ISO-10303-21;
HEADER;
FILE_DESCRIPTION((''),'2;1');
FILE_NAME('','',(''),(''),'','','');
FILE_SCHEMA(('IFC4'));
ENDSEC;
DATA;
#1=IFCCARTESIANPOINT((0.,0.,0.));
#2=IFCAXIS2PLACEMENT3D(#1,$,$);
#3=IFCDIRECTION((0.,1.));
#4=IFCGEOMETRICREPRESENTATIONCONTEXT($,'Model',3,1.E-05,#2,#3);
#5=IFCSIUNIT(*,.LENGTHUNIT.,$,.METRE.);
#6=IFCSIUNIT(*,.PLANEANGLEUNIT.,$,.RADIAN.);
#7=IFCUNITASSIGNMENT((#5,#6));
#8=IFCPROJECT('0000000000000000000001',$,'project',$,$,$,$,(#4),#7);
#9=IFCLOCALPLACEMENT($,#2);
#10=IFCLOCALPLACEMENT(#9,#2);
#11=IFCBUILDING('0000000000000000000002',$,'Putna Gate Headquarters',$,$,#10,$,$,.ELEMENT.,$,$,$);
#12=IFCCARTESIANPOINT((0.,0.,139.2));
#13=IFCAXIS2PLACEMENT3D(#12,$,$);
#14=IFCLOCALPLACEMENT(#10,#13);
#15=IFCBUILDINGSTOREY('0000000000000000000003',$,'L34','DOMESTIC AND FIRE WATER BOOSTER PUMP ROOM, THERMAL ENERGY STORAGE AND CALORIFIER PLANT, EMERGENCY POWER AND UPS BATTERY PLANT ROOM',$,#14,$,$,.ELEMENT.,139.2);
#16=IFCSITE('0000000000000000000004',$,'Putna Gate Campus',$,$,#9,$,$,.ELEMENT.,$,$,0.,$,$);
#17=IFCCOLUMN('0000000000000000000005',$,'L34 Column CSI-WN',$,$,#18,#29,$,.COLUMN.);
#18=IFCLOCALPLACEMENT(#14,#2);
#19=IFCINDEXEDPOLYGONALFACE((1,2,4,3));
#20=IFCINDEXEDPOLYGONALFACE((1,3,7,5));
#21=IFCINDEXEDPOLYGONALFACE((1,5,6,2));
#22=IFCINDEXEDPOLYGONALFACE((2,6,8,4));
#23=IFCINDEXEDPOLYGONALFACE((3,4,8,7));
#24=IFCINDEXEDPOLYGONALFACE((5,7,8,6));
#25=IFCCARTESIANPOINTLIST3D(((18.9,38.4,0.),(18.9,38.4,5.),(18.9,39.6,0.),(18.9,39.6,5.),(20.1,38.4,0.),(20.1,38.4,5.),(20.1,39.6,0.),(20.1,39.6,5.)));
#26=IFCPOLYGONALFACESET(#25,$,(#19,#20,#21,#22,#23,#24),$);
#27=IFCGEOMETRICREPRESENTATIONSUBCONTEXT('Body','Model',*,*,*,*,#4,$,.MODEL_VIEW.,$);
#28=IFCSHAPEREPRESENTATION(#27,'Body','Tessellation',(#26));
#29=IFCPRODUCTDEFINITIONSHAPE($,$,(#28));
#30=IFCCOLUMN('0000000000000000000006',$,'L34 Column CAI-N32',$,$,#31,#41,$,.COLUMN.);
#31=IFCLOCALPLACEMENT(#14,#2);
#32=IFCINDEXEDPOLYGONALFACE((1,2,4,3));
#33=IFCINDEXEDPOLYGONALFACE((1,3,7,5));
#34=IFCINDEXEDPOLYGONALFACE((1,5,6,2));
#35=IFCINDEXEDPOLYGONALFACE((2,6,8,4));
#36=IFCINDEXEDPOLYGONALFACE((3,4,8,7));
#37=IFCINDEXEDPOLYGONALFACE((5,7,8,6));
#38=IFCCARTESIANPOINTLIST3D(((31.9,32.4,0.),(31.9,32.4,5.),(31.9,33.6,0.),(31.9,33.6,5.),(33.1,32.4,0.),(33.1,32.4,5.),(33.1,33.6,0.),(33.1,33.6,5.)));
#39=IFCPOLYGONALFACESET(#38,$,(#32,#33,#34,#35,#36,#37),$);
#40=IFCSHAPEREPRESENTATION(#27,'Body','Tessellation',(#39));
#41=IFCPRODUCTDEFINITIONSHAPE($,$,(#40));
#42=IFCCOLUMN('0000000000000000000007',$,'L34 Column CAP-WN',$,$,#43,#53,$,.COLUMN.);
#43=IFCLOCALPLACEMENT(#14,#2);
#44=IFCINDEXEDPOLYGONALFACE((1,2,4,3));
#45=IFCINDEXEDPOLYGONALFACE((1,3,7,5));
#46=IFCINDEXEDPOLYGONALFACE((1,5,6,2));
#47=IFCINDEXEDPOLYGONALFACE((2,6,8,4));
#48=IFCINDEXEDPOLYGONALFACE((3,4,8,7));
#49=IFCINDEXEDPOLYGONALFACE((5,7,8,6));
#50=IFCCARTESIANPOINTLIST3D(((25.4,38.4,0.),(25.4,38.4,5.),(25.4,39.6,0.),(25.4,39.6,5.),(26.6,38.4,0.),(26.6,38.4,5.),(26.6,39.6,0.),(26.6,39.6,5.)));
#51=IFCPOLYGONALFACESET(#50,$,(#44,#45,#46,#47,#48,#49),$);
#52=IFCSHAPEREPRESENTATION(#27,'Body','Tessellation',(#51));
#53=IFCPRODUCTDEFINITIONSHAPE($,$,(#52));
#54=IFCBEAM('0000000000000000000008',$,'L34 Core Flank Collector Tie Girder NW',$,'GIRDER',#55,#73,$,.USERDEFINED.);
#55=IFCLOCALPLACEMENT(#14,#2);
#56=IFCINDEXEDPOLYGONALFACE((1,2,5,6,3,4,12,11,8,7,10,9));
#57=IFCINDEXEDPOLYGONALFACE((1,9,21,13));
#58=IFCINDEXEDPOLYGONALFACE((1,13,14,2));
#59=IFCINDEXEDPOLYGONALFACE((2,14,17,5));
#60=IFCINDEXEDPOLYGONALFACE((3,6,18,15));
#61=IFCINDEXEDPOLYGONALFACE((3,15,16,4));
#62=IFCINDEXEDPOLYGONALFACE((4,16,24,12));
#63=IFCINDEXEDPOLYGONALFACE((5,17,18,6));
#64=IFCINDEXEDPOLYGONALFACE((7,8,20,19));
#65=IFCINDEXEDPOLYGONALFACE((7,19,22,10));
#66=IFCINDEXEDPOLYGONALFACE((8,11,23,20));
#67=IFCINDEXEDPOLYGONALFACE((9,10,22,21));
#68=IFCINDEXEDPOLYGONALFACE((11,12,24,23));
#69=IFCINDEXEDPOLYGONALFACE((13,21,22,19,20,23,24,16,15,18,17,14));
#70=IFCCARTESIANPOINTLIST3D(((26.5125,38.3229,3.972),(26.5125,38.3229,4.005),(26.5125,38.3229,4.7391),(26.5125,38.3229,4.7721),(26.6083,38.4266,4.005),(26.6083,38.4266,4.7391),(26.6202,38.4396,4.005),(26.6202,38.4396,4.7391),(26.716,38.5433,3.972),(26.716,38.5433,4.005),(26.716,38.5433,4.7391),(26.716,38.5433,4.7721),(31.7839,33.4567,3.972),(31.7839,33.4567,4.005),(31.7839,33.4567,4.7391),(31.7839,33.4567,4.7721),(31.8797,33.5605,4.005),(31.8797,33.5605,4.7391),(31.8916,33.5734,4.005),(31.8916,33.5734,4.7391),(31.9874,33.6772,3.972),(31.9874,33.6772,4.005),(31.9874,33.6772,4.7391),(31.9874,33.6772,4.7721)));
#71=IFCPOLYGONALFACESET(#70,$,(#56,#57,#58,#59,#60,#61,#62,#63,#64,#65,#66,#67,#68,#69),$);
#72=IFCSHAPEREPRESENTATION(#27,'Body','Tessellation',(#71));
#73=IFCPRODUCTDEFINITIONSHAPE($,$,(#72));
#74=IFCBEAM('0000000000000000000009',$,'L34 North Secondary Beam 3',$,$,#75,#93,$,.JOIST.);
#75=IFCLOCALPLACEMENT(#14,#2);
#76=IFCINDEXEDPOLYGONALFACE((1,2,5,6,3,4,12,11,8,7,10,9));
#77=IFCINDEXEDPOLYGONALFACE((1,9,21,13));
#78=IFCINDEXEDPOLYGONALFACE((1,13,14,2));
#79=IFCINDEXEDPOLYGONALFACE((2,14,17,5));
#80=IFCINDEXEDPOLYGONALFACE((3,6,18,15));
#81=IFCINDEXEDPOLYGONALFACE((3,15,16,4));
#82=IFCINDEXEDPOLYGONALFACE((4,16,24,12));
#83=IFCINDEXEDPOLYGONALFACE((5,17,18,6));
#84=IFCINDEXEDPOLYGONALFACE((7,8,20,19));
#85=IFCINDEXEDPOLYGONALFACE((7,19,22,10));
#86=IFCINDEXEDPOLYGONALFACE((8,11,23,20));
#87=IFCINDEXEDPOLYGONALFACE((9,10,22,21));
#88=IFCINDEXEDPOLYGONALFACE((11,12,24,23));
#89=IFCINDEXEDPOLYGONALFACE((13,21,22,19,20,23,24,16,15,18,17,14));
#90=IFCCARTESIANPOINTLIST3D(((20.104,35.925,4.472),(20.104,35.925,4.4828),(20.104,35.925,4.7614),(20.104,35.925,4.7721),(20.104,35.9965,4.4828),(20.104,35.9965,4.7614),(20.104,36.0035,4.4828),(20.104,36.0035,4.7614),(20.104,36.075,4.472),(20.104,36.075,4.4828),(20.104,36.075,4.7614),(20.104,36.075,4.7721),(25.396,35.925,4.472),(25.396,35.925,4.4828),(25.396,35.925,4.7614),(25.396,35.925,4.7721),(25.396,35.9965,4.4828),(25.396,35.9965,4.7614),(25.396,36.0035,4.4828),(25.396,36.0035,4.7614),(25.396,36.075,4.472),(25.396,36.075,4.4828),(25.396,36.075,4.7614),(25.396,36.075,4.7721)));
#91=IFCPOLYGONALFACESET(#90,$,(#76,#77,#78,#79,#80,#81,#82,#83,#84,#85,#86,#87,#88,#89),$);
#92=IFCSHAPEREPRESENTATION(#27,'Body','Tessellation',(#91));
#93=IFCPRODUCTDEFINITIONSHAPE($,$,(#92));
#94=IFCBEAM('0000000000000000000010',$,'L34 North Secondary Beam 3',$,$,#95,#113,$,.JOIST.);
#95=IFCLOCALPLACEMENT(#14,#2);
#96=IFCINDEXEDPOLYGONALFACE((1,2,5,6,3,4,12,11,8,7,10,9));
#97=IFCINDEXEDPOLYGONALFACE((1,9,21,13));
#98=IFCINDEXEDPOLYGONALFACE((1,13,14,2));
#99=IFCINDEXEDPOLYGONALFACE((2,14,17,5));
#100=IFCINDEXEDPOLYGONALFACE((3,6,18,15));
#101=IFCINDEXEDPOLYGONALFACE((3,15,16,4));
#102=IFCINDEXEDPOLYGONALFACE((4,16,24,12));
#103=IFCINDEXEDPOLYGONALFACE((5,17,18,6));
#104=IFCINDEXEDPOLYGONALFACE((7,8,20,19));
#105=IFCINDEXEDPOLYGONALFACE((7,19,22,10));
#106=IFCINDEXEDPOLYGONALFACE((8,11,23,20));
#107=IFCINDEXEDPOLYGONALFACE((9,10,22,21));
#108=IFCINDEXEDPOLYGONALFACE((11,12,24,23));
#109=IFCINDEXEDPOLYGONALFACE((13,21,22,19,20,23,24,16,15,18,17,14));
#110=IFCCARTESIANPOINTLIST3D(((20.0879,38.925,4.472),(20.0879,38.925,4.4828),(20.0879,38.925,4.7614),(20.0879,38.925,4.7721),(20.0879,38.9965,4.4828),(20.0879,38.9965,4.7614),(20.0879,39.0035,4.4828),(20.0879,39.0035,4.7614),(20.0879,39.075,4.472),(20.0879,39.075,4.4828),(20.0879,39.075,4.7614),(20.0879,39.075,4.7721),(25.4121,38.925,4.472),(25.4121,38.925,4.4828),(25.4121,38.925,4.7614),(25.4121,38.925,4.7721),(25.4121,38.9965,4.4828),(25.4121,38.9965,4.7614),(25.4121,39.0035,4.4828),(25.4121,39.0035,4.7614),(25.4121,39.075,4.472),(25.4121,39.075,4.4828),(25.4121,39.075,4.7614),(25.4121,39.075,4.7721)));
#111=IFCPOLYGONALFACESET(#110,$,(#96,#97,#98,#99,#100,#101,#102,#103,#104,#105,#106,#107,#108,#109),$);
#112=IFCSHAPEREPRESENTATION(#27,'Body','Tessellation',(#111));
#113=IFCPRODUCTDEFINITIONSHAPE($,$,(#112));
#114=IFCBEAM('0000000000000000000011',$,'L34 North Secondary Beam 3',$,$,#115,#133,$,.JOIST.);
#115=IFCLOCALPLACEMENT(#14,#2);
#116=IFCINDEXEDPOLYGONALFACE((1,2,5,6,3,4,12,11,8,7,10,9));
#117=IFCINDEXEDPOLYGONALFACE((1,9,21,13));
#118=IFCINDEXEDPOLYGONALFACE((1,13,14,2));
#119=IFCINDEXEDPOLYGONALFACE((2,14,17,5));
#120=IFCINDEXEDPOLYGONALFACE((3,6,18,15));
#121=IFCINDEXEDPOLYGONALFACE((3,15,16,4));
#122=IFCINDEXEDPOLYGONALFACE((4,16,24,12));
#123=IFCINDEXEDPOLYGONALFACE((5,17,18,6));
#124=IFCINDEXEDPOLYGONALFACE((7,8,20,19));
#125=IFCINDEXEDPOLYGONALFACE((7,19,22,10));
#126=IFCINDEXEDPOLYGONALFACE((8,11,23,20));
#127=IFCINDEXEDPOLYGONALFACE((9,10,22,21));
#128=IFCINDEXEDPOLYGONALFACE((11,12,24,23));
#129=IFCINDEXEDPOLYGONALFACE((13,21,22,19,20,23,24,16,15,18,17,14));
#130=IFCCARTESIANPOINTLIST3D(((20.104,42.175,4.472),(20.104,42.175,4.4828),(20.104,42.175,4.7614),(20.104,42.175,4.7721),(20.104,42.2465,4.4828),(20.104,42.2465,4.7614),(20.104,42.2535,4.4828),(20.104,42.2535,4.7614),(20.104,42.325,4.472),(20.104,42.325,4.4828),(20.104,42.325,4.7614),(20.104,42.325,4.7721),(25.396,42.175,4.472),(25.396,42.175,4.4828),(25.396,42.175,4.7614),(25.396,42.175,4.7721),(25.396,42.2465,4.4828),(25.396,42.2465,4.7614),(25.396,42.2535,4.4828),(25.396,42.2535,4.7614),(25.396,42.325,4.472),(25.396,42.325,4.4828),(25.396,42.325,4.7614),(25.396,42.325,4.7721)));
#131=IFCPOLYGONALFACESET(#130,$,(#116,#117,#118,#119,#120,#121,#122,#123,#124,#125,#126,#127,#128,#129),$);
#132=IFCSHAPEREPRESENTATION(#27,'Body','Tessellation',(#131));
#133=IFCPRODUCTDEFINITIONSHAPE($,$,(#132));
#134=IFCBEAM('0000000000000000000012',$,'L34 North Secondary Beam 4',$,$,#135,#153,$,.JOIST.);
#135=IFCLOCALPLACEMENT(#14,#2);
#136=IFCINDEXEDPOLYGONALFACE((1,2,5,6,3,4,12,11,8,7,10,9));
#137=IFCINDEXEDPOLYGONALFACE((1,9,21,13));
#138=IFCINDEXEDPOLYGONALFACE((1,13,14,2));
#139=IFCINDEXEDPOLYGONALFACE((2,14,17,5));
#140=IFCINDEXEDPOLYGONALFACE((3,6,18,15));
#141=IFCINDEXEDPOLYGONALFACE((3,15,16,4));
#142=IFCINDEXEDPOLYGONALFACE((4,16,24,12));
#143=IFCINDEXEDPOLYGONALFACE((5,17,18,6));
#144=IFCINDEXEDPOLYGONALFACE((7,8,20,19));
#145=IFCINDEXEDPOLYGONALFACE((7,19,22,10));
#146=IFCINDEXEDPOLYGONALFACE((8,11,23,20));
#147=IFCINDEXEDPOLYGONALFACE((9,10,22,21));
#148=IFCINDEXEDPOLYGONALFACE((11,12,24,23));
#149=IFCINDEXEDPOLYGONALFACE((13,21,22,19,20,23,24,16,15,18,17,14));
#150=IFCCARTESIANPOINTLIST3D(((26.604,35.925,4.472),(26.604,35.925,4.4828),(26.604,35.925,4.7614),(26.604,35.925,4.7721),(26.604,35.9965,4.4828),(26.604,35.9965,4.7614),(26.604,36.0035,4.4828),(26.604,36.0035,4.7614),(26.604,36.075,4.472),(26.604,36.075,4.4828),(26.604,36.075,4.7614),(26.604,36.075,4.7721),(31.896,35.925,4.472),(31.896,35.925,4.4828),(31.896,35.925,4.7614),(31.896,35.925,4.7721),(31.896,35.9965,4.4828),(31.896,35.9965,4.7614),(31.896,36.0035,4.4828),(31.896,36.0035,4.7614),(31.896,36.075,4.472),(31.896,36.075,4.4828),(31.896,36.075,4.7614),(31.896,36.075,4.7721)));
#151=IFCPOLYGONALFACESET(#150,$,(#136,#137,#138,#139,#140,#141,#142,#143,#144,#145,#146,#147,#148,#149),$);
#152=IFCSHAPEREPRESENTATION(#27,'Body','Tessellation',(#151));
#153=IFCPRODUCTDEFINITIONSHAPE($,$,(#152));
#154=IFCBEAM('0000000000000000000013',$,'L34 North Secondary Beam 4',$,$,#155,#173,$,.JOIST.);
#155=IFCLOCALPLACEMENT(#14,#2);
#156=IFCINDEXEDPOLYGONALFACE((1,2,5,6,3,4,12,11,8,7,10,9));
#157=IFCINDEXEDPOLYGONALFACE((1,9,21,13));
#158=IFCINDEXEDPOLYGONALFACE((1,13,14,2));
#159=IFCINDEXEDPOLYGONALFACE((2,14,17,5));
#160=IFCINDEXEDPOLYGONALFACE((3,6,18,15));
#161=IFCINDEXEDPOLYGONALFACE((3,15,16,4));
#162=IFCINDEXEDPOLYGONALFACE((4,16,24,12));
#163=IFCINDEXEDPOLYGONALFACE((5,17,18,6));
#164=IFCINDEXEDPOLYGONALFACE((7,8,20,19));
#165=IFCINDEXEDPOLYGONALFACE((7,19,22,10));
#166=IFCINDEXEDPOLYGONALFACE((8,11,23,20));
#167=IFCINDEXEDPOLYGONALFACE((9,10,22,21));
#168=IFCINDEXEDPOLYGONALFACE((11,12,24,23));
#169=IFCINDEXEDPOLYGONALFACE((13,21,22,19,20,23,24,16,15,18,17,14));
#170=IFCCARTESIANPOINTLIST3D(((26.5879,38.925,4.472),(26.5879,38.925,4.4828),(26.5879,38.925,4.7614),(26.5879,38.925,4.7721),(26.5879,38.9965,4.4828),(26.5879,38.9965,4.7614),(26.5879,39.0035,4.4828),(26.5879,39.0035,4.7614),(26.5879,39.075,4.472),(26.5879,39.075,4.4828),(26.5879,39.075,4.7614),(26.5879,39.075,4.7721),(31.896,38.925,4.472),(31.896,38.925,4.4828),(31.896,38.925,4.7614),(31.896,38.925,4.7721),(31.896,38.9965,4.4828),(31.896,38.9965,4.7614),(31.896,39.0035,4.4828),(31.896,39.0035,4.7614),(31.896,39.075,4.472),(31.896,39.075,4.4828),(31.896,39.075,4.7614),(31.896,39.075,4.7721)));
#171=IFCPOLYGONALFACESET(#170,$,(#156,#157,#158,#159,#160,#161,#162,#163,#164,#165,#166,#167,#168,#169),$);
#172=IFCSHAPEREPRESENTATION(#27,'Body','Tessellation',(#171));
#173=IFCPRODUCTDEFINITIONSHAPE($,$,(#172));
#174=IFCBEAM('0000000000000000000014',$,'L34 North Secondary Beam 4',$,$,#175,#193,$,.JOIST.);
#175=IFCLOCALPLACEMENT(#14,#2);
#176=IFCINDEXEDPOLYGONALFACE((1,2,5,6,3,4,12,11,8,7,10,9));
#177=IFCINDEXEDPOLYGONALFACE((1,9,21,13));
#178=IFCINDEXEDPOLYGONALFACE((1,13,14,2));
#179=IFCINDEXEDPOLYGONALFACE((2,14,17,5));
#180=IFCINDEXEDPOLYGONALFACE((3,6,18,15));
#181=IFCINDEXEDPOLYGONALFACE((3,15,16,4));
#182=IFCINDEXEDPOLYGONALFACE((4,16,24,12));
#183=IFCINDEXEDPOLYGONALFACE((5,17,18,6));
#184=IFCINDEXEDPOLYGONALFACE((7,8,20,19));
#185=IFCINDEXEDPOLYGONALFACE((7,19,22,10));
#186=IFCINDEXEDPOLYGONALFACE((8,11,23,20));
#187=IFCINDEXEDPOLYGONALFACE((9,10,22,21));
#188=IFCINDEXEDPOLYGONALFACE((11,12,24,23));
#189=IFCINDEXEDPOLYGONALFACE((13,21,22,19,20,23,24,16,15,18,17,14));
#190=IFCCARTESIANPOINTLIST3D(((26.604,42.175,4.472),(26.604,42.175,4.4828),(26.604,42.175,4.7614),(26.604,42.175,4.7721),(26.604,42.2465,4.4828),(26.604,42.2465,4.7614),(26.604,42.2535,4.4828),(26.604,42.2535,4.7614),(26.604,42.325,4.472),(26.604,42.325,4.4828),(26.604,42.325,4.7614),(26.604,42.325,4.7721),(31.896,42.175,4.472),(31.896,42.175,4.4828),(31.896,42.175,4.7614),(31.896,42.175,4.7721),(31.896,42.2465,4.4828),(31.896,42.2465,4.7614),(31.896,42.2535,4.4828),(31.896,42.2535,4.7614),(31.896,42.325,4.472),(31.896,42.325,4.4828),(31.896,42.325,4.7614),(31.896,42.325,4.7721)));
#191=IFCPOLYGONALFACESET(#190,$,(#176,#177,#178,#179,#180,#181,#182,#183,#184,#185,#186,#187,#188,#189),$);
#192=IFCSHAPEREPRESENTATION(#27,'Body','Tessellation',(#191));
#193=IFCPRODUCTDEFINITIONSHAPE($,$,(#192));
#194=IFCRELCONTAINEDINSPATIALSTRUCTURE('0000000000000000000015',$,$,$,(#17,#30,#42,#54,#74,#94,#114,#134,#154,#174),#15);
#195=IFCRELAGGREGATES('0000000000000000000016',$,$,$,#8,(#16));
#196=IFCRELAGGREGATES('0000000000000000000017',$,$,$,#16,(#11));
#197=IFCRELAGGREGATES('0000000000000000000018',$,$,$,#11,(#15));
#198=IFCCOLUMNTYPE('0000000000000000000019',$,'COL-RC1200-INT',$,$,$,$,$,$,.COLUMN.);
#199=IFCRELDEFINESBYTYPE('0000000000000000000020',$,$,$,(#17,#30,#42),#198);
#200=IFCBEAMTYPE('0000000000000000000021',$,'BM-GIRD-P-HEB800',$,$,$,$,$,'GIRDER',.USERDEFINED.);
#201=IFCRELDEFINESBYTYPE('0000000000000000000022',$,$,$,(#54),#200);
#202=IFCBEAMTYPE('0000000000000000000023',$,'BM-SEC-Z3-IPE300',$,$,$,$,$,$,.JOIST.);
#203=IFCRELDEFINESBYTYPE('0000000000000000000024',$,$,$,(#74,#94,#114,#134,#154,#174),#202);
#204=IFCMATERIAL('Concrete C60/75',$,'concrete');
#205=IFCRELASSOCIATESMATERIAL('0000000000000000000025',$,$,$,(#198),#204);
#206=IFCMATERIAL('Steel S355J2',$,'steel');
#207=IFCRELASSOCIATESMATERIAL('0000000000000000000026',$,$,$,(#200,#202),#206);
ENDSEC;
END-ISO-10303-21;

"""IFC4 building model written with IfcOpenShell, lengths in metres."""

from ifc_helpers import new_model, si_unit, direction, frame, origin, origin_2d, place, context, subcontext, project, spatial, rectangle, i_section, extrude, material, material_profile, profile_set, type_object, element, save


model = new_model("IFC4")

# Units and contexts
model_context = context("Model", 3, precision=1e-05, world=origin(), true_north=direction((0.0, 1.0)))
body_context = subcontext(model_context, "Body", "Model", "MODEL_VIEW")
ifc_project = project(units=[si_unit("LENGTHUNIT", "METRE"), si_unit("PLANEANGLEUNIT", "RADIAN")], contexts=[model_context])

# Site, building, storey
site_placement = place(None, origin())
site = spatial("IfcSite", under=ifc_project, at=site_placement, Name="Putna Gate Campus", CompositionType="ELEMENT", RefElevation=0.0)
building_placement = place(site_placement, origin())
building = spatial("IfcBuilding", under=site, at=building_placement, Name="Putna Gate Headquarters", CompositionType="ELEMENT")
storey_placement = place(building_placement, frame((0.0, 0.0, 139.2)))
storey = spatial("IfcBuildingStorey", under=building, at=storey_placement, Name="L34", Description="DOMESTIC AND FIRE WATER BOOSTER PUMP ROOM, THERMAL ENERGY STORAGE AND CALORIFIER PLANT, EMERGENCY POWER AND UPS BATTERY PLANT ROOM", CompositionType="ELEMENT", Elevation=139.2)

# Columns
ifc_material_1 = material(Name="Concrete C60/75", Category="concrete")
ifc_material_profile_1 = material_profile(ifc_material_1, rectangle(XDim=1.2, YDim=1.2, at=origin_2d()), Name="Concrete C60/75")
ifc_profile_set_1 = profile_set([ifc_material_profile_1], Name="Concrete C60/75")
column_type = type_object("IfcColumnType", Name="COL-RC1200-INT", PredefinedType="COLUMN", material=ifc_profile_set_1)
for number, where, z_axis, x_axis, name in (
    (1, (19.5, 39.0, 0.0), (0.0, 0.0, 1.0), (1.0, 0.0, 0.0), "L34 Column CSI-WN"),
    (2, (32.5, 33.0, 0.0), (0.0, 0.0, 1.0), (1.0, 0.0, 0.0), "L34 Column CAI-N32"),
    (3, (26.0, 39.0, 0.0), (0.0, 0.0, 1.0), (1.0, 0.0, 0.0), "L34 Column CAP-WN"),
):
    element("IfcColumn", number, at=place(storey_placement, frame(where, z_axis=z_axis, x_axis=x_axis)), inside=storey, type_object=column_type, Name=name, PredefinedType="COLUMN", context=body_context, shape_type="SweptSolid", body=[
        extrude(rectangle(XDim=1.2, YDim=1.2, at=origin_2d()), origin(), (0.0, 0.0, 1.0), 5.0),
    ])

# Beams
ifc_material_2 = material(Name="Steel S355J2", Category="steel")
ifc_material_profile_2 = material_profile(ifc_material_2, i_section(OverallWidth=0.3, OverallDepth=0.8, WebThickness=0.0176, FlangeThickness=0.033, at=origin_2d()), Name="Steel S355J2")
ifc_profile_set_2 = profile_set([ifc_material_profile_2], Name="Steel S355J2")
beam_type_1 = type_object("IfcBeamType", Name="BM-GIRD-P-HEB800", ElementType="GIRDER", PredefinedType="USERDEFINED", material=ifc_profile_set_2)
beam_1_placement = place(storey_placement, frame((26.6143, 38.4331, 4.3721), z_axis=(0.734788, -0.678297, 0.0), x_axis=(0.678297, 0.734788, 0.0)))
element("IfcBeam", 4, at=beam_1_placement, inside=storey, type_object=beam_type_1, Name="L34 Core Flank Collector Tie Girder NW", ObjectType="GIRDER", PredefinedType="USERDEFINED", context=body_context, shape_type="SweptSolid", body=[
    extrude(i_section(OverallWidth=0.3, OverallDepth=0.8, WebThickness=0.0176, FlangeThickness=0.033, at=origin_2d()), origin(), (0.0, 0.0, 1.0), 7.1741),
])
ifc_material_profile_3 = material_profile(ifc_material_2, i_section(OverallWidth=0.1499, OverallDepth=0.3, WebThickness=0.0071, FlangeThickness=0.0107, at=origin_2d()), Name="Steel S355J2")
ifc_profile_set_3 = profile_set([ifc_material_profile_3], Name="Steel S355J2")
beam_type_2 = type_object("IfcBeamType", Name="BM-SEC-Z3-IPE300", PredefinedType="JOIST", material=ifc_profile_set_3)
beam_2_placement = place(storey_placement, frame((20.104, 36.0, 4.6221), z_axis=(1.0, 0.0, 0.0), x_axis=(0.0, 1.0, 0.0)))
element("IfcBeam", 5, at=beam_2_placement, inside=storey, type_object=beam_type_2, Name="L34 North Secondary Beam 3", PredefinedType="JOIST", context=body_context, shape_type="SweptSolid", body=[
    extrude(i_section(OverallWidth=0.1499, OverallDepth=0.3, WebThickness=0.0071, FlangeThickness=0.0107, at=origin_2d()), origin(), (0.0, 0.0, 1.0), 5.292),
])
beam_3_placement = place(storey_placement, frame((20.0879, 39.0, 4.6221), z_axis=(1.0, 0.0, 0.0), x_axis=(0.0, 1.0, 0.0)))
element("IfcBeam", 6, at=beam_3_placement, inside=storey, type_object=beam_type_2, Name="L34 North Secondary Beam 3", PredefinedType="JOIST", context=body_context, shape_type="SweptSolid", body=[
    extrude(i_section(OverallWidth=0.1499, OverallDepth=0.3, WebThickness=0.0071, FlangeThickness=0.0107, at=origin_2d()), origin(), (0.0, 0.0, 1.0), 5.3242),
])
for number, where, z_axis, x_axis, name in (
    (7, (20.104, 42.25, 4.6221), (1.0, 0.0, 0.0), (0.0, 1.0, 0.0), "L34 North Secondary Beam 3"),
    (8, (26.604, 36.0, 4.6221), (1.0, 0.0, 0.0), (0.0, 1.0, 0.0), "L34 North Secondary Beam 4"),
):
    element("IfcBeam", number, at=place(storey_placement, frame(where, z_axis=z_axis, x_axis=x_axis)), inside=storey, type_object=beam_type_2, Name=name, PredefinedType="JOIST", context=body_context, shape_type="SweptSolid", body=[
        extrude(i_section(OverallWidth=0.1499, OverallDepth=0.3, WebThickness=0.0071, FlangeThickness=0.0107, at=origin_2d()), origin(), (0.0, 0.0, 1.0), 5.292),
    ])
beam_4_placement = place(storey_placement, frame((26.5879, 39.0, 4.6221), z_axis=(1.0, 0.0, 0.0), x_axis=(0.0, 1.0, 0.0)))
element("IfcBeam", 9, at=beam_4_placement, inside=storey, type_object=beam_type_2, Name="L34 North Secondary Beam 4", PredefinedType="JOIST", context=body_context, shape_type="SweptSolid", body=[
    extrude(i_section(OverallWidth=0.1499, OverallDepth=0.3, WebThickness=0.0071, FlangeThickness=0.0107, at=origin_2d()), origin(), (0.0, 0.0, 1.0), 5.3081),
])
for number, where, z_axis, x_axis, name in (
    (10, (26.604, 42.25, 4.6221), (1.0, 0.0, 0.0), (0.0, 1.0, 0.0), "L34 North Secondary Beam 4"),
):
    element("IfcBeam", number, at=place(storey_placement, frame(where, z_axis=z_axis, x_axis=x_axis)), inside=storey, type_object=beam_type_2, Name=name, PredefinedType="JOIST", context=body_context, shape_type="SweptSolid", body=[
        extrude(i_section(OverallWidth=0.1499, OverallDepth=0.3, WebThickness=0.0071, FlangeThickness=0.0107, at=origin_2d()), origin(), (0.0, 0.0, 1.0), 5.292),
    ])

save(model, "model.ifc")
